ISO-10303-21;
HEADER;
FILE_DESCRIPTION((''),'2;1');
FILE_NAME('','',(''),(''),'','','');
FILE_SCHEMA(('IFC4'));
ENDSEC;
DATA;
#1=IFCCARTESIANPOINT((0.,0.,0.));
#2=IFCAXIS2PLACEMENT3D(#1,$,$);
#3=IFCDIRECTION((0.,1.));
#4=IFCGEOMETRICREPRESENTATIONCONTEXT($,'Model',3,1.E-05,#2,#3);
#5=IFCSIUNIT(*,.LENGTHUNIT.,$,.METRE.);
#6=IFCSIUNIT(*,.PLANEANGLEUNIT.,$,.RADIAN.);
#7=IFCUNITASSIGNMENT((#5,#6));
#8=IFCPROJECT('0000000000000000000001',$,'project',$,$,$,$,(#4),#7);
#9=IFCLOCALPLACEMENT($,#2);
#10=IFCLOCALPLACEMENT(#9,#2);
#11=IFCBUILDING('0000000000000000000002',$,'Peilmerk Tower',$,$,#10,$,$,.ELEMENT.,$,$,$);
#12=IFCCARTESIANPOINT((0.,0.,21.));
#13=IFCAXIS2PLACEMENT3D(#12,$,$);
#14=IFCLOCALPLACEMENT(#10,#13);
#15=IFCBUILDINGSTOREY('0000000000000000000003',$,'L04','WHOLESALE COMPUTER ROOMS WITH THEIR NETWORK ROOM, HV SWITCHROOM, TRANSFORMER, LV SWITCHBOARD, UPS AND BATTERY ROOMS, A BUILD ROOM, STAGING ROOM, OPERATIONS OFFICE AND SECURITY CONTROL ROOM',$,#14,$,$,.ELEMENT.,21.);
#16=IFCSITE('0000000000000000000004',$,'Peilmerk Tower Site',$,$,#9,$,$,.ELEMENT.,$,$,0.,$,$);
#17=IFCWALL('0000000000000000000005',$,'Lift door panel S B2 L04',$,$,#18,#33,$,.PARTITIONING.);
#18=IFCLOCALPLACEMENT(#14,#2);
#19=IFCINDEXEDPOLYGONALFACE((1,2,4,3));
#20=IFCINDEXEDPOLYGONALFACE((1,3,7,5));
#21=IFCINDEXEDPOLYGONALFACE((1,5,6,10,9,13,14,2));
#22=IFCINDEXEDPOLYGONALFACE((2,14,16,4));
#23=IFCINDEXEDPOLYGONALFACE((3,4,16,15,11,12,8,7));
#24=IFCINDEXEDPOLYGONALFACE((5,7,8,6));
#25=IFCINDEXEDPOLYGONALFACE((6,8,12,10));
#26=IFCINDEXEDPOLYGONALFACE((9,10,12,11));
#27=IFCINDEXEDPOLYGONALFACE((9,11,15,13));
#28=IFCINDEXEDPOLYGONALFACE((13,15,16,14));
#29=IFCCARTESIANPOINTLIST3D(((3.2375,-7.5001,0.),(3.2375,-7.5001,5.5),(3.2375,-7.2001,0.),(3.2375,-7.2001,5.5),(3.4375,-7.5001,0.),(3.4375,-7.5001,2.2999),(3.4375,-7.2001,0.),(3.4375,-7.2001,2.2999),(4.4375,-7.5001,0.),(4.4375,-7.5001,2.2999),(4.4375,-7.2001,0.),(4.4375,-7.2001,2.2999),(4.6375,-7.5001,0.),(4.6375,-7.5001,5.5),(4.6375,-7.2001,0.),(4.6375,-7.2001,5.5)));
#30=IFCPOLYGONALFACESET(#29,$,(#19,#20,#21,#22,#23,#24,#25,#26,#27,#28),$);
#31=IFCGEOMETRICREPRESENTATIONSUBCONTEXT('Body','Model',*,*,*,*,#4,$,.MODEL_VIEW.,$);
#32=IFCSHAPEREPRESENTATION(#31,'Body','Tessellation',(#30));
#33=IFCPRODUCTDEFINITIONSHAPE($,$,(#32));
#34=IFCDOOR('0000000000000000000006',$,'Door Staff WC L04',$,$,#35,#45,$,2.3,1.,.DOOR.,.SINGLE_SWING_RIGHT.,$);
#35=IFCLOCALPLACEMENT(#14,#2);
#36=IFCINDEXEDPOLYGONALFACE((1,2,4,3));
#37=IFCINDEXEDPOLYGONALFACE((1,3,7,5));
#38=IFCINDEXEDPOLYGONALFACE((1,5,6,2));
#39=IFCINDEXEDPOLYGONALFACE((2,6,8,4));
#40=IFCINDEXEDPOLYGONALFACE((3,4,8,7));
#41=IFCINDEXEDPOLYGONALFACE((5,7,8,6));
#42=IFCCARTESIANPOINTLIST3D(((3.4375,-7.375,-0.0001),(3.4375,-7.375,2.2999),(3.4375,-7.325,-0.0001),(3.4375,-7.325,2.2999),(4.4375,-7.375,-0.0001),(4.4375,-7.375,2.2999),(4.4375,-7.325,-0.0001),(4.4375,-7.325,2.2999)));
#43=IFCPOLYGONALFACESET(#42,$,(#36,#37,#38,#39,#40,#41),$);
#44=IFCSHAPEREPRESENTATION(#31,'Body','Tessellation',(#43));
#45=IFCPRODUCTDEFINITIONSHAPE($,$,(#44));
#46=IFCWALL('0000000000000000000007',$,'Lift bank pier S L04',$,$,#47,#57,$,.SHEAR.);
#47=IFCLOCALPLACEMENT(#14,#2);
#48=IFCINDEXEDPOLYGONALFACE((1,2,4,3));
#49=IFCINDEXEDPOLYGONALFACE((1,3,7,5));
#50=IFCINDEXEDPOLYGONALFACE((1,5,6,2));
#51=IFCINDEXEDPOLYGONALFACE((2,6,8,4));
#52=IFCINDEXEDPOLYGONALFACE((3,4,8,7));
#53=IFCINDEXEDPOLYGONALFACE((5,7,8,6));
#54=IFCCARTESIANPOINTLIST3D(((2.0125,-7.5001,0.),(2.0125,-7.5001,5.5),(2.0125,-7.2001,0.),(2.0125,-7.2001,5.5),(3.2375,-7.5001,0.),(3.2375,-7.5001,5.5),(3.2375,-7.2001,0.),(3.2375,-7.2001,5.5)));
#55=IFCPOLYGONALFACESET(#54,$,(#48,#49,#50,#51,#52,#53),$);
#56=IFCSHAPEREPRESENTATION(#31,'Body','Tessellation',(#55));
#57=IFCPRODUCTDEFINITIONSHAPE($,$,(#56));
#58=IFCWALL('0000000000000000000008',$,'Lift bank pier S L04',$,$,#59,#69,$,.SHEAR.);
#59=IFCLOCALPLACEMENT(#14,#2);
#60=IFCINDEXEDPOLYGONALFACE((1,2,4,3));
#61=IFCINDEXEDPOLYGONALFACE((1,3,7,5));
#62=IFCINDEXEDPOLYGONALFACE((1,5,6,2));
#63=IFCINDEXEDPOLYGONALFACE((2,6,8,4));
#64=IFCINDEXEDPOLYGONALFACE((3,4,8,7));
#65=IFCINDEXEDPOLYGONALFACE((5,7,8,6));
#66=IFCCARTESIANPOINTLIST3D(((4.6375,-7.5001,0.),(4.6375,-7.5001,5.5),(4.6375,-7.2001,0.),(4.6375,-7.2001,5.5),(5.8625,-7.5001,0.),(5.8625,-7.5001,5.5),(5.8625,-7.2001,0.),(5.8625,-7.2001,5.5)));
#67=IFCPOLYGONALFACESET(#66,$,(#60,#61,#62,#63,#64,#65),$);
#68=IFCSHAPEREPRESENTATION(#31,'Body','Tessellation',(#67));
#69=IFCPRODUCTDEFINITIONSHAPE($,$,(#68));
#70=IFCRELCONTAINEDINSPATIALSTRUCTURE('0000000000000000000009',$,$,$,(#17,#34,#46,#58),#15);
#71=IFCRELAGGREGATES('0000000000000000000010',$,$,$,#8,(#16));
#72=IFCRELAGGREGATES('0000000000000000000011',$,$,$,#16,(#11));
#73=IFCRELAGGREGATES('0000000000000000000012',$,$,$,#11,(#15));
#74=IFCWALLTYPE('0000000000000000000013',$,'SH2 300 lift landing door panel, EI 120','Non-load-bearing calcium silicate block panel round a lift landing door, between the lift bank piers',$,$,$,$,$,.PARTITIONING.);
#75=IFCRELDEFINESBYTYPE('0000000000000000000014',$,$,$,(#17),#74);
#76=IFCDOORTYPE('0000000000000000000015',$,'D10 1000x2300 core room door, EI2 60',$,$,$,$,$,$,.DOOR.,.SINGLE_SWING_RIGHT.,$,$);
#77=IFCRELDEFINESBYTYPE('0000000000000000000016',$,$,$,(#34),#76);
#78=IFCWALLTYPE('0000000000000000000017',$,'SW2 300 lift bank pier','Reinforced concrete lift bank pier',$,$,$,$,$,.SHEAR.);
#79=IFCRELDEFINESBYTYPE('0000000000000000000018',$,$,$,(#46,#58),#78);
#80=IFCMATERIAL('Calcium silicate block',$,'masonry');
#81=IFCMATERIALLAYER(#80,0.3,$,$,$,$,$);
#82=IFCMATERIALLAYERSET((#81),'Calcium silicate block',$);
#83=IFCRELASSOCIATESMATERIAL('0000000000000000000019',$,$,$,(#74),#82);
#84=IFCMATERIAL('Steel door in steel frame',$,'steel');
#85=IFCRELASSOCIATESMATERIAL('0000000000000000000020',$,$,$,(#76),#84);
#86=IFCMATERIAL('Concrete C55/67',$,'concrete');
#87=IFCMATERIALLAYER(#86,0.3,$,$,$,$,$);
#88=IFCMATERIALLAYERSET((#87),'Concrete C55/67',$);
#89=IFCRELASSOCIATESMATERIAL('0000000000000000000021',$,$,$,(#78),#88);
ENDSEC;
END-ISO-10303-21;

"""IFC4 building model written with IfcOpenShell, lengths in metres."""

from ifc_helpers import new_model, si_unit, direction, frame, frame_2d, origin, place, context, subcontext, project, spatial, rectangle, extrude, material, layer, layer_set, type_object, element, fill, save


model = new_model("IFC4")

# Units and contexts
model_context = context("Model", 3, precision=1e-05, world=origin(), true_north=direction((0.0, 1.0)))
body_context = subcontext(model_context, "Body", "Model", "MODEL_VIEW")
ifc_project = project(units=[si_unit("LENGTHUNIT", "METRE"), si_unit("PLANEANGLEUNIT", "RADIAN")], contexts=[model_context])

# Site, building, storey
site_placement = place(None, origin())
site = spatial("IfcSite", under=ifc_project, at=site_placement, Name="Peilmerk Tower Site", CompositionType="ELEMENT", RefElevation=0.0)
building_placement = place(site_placement, origin())
building = spatial("IfcBuilding", under=site, at=building_placement, Name="Peilmerk Tower", CompositionType="ELEMENT")
storey_placement = place(building_placement, frame((0.0, 0.0, 21.0)))
storey = spatial("IfcBuildingStorey", under=building, at=storey_placement, Name="L04", Description="WHOLESALE COMPUTER ROOMS WITH THEIR NETWORK ROOM, HV SWITCHROOM, TRANSFORMER, LV SWITCHBOARD, UPS AND BATTERY ROOMS, A BUILD ROOM, STAGING ROOM, OPERATIONS OFFICE AND SECURITY CONTROL ROOM", CompositionType="ELEMENT", Elevation=21.0)

# Shared definitions
ifc_material_1 = material(Name="Steel door in steel frame", Category="steel")

# Wall, opening, door
ifc_material_2 = material(Name="Calcium silicate block", Category="masonry")
ifc_layer_1 = layer(ifc_material_2, 0.3)
ifc_layer_set_1 = layer_set([ifc_layer_1], Name="Calcium silicate block")
wall_type_1 = type_object("IfcWallType", Name="SH2 300 lift landing door panel, EI 120", Description="Non-load-bearing calcium silicate block panel round a lift landing door, between the lift bank piers", PredefinedType="PARTITIONING", material=ifc_layer_set_1)
door_type_1 = type_object("IfcDoorType", Name="D10 1000x2300 core room door, EI2 60", OperationType="SINGLE_SWING_RIGHT", PredefinedType="DOOR", material=ifc_material_1)
wall_1_placement = place(storey_placement, frame((3.2375, -7.3501, 0.0), z_axis=(0.0, 0.0, 1.0), x_axis=(1.0, 0.0, 0.0)))
wall_1 = element("IfcWall", 1, at=wall_1_placement, inside=storey, type_object=wall_type_1, Name="Lift door panel S B2 L04", PredefinedType="PARTITIONING", context=body_context, shape_type="SweptSolid", body=[
    extrude(rectangle(XDim=1.3999, YDim=0.3, at=frame_2d((0.7, 0.0))), origin(), (0.0, 0.0, 1.0), 5.5),
])
opening_1_placement = place(wall_1_placement, frame((0.2, 0.0, 0.0)))
opening_1 = element("IfcOpeningElement", 2, at=opening_1_placement, cuts=wall_1, PredefinedType="OPENING", context=body_context, shape_type="SweptSolid", body=[
    extrude(rectangle(XDim=1.0, YDim=2.3, at=frame_2d((0.5, 1.1499))), frame((0.0, 0.1599, 0.0), z_axis=(0.0, -1.0, 0.0), x_axis=(1.0, 0.0, 0.0)), (0.0, 0.0, 1.0), 0.3201),
])
door_1_placement = place(opening_1_placement, frame((1.0, 0.0, 0.0), z_axis=(0.0, 0.0, 1.0), x_axis=(-1.0, 0.0, 0.0)))
door_1 = element("IfcDoor", 3, at=door_1_placement, inside=storey, type_object=door_type_1, Name="Door Staff WC L04", OperationType="SINGLE_SWING_RIGHT", OverallHeight=2.3, OverallWidth=1.0, PredefinedType="DOOR", context=body_context, shape_type="SweptSolid", body=[
    extrude(rectangle(XDim=1.0, YDim=2.3, at=frame_2d((0.5, 1.1499))), frame((0.0, 0.0249, 0.0), z_axis=(0.0, -1.0, 0.0), x_axis=(1.0, 0.0, 0.0)), (0.0, 0.0, 1.0), 0.05),
])
fill(opening_1, door_1)

# Walls
ifc_material_3 = material(Name="Concrete C55/67", Category="concrete")
ifc_layer_2 = layer(ifc_material_3, 0.3)
ifc_layer_set_2 = layer_set([ifc_layer_2], Name="Concrete C55/67")
wall_type_2 = type_object("IfcWallType", Name="SW2 300 lift bank pier", Description="Reinforced concrete lift bank pier", PredefinedType="SHEAR", material=ifc_layer_set_2)
for number, where, z_axis, x_axis, name in (
    (4, (2.0125, -7.3501, 0.0), (0.0, 0.0, 1.0), (1.0, 0.0, 0.0), "Lift bank pier S L04"),
    (5, (4.6375, -7.3501, 0.0), (0.0, 0.0, 1.0), (1.0, 0.0, 0.0), "Lift bank pier S L04"),
):
    element("IfcWall", number, at=place(storey_placement, frame(where, z_axis=z_axis, x_axis=x_axis)), inside=storey, type_object=wall_type_2, Name=name, PredefinedType="SHEAR", context=body_context, shape_type="SweptSolid", body=[
        extrude(rectangle(XDim=1.2251, YDim=0.3, at=frame_2d((0.6125, 0.0))), origin(), (0.0, 0.0, 1.0), 5.5),
    ])

save(model, "model.ifc")
